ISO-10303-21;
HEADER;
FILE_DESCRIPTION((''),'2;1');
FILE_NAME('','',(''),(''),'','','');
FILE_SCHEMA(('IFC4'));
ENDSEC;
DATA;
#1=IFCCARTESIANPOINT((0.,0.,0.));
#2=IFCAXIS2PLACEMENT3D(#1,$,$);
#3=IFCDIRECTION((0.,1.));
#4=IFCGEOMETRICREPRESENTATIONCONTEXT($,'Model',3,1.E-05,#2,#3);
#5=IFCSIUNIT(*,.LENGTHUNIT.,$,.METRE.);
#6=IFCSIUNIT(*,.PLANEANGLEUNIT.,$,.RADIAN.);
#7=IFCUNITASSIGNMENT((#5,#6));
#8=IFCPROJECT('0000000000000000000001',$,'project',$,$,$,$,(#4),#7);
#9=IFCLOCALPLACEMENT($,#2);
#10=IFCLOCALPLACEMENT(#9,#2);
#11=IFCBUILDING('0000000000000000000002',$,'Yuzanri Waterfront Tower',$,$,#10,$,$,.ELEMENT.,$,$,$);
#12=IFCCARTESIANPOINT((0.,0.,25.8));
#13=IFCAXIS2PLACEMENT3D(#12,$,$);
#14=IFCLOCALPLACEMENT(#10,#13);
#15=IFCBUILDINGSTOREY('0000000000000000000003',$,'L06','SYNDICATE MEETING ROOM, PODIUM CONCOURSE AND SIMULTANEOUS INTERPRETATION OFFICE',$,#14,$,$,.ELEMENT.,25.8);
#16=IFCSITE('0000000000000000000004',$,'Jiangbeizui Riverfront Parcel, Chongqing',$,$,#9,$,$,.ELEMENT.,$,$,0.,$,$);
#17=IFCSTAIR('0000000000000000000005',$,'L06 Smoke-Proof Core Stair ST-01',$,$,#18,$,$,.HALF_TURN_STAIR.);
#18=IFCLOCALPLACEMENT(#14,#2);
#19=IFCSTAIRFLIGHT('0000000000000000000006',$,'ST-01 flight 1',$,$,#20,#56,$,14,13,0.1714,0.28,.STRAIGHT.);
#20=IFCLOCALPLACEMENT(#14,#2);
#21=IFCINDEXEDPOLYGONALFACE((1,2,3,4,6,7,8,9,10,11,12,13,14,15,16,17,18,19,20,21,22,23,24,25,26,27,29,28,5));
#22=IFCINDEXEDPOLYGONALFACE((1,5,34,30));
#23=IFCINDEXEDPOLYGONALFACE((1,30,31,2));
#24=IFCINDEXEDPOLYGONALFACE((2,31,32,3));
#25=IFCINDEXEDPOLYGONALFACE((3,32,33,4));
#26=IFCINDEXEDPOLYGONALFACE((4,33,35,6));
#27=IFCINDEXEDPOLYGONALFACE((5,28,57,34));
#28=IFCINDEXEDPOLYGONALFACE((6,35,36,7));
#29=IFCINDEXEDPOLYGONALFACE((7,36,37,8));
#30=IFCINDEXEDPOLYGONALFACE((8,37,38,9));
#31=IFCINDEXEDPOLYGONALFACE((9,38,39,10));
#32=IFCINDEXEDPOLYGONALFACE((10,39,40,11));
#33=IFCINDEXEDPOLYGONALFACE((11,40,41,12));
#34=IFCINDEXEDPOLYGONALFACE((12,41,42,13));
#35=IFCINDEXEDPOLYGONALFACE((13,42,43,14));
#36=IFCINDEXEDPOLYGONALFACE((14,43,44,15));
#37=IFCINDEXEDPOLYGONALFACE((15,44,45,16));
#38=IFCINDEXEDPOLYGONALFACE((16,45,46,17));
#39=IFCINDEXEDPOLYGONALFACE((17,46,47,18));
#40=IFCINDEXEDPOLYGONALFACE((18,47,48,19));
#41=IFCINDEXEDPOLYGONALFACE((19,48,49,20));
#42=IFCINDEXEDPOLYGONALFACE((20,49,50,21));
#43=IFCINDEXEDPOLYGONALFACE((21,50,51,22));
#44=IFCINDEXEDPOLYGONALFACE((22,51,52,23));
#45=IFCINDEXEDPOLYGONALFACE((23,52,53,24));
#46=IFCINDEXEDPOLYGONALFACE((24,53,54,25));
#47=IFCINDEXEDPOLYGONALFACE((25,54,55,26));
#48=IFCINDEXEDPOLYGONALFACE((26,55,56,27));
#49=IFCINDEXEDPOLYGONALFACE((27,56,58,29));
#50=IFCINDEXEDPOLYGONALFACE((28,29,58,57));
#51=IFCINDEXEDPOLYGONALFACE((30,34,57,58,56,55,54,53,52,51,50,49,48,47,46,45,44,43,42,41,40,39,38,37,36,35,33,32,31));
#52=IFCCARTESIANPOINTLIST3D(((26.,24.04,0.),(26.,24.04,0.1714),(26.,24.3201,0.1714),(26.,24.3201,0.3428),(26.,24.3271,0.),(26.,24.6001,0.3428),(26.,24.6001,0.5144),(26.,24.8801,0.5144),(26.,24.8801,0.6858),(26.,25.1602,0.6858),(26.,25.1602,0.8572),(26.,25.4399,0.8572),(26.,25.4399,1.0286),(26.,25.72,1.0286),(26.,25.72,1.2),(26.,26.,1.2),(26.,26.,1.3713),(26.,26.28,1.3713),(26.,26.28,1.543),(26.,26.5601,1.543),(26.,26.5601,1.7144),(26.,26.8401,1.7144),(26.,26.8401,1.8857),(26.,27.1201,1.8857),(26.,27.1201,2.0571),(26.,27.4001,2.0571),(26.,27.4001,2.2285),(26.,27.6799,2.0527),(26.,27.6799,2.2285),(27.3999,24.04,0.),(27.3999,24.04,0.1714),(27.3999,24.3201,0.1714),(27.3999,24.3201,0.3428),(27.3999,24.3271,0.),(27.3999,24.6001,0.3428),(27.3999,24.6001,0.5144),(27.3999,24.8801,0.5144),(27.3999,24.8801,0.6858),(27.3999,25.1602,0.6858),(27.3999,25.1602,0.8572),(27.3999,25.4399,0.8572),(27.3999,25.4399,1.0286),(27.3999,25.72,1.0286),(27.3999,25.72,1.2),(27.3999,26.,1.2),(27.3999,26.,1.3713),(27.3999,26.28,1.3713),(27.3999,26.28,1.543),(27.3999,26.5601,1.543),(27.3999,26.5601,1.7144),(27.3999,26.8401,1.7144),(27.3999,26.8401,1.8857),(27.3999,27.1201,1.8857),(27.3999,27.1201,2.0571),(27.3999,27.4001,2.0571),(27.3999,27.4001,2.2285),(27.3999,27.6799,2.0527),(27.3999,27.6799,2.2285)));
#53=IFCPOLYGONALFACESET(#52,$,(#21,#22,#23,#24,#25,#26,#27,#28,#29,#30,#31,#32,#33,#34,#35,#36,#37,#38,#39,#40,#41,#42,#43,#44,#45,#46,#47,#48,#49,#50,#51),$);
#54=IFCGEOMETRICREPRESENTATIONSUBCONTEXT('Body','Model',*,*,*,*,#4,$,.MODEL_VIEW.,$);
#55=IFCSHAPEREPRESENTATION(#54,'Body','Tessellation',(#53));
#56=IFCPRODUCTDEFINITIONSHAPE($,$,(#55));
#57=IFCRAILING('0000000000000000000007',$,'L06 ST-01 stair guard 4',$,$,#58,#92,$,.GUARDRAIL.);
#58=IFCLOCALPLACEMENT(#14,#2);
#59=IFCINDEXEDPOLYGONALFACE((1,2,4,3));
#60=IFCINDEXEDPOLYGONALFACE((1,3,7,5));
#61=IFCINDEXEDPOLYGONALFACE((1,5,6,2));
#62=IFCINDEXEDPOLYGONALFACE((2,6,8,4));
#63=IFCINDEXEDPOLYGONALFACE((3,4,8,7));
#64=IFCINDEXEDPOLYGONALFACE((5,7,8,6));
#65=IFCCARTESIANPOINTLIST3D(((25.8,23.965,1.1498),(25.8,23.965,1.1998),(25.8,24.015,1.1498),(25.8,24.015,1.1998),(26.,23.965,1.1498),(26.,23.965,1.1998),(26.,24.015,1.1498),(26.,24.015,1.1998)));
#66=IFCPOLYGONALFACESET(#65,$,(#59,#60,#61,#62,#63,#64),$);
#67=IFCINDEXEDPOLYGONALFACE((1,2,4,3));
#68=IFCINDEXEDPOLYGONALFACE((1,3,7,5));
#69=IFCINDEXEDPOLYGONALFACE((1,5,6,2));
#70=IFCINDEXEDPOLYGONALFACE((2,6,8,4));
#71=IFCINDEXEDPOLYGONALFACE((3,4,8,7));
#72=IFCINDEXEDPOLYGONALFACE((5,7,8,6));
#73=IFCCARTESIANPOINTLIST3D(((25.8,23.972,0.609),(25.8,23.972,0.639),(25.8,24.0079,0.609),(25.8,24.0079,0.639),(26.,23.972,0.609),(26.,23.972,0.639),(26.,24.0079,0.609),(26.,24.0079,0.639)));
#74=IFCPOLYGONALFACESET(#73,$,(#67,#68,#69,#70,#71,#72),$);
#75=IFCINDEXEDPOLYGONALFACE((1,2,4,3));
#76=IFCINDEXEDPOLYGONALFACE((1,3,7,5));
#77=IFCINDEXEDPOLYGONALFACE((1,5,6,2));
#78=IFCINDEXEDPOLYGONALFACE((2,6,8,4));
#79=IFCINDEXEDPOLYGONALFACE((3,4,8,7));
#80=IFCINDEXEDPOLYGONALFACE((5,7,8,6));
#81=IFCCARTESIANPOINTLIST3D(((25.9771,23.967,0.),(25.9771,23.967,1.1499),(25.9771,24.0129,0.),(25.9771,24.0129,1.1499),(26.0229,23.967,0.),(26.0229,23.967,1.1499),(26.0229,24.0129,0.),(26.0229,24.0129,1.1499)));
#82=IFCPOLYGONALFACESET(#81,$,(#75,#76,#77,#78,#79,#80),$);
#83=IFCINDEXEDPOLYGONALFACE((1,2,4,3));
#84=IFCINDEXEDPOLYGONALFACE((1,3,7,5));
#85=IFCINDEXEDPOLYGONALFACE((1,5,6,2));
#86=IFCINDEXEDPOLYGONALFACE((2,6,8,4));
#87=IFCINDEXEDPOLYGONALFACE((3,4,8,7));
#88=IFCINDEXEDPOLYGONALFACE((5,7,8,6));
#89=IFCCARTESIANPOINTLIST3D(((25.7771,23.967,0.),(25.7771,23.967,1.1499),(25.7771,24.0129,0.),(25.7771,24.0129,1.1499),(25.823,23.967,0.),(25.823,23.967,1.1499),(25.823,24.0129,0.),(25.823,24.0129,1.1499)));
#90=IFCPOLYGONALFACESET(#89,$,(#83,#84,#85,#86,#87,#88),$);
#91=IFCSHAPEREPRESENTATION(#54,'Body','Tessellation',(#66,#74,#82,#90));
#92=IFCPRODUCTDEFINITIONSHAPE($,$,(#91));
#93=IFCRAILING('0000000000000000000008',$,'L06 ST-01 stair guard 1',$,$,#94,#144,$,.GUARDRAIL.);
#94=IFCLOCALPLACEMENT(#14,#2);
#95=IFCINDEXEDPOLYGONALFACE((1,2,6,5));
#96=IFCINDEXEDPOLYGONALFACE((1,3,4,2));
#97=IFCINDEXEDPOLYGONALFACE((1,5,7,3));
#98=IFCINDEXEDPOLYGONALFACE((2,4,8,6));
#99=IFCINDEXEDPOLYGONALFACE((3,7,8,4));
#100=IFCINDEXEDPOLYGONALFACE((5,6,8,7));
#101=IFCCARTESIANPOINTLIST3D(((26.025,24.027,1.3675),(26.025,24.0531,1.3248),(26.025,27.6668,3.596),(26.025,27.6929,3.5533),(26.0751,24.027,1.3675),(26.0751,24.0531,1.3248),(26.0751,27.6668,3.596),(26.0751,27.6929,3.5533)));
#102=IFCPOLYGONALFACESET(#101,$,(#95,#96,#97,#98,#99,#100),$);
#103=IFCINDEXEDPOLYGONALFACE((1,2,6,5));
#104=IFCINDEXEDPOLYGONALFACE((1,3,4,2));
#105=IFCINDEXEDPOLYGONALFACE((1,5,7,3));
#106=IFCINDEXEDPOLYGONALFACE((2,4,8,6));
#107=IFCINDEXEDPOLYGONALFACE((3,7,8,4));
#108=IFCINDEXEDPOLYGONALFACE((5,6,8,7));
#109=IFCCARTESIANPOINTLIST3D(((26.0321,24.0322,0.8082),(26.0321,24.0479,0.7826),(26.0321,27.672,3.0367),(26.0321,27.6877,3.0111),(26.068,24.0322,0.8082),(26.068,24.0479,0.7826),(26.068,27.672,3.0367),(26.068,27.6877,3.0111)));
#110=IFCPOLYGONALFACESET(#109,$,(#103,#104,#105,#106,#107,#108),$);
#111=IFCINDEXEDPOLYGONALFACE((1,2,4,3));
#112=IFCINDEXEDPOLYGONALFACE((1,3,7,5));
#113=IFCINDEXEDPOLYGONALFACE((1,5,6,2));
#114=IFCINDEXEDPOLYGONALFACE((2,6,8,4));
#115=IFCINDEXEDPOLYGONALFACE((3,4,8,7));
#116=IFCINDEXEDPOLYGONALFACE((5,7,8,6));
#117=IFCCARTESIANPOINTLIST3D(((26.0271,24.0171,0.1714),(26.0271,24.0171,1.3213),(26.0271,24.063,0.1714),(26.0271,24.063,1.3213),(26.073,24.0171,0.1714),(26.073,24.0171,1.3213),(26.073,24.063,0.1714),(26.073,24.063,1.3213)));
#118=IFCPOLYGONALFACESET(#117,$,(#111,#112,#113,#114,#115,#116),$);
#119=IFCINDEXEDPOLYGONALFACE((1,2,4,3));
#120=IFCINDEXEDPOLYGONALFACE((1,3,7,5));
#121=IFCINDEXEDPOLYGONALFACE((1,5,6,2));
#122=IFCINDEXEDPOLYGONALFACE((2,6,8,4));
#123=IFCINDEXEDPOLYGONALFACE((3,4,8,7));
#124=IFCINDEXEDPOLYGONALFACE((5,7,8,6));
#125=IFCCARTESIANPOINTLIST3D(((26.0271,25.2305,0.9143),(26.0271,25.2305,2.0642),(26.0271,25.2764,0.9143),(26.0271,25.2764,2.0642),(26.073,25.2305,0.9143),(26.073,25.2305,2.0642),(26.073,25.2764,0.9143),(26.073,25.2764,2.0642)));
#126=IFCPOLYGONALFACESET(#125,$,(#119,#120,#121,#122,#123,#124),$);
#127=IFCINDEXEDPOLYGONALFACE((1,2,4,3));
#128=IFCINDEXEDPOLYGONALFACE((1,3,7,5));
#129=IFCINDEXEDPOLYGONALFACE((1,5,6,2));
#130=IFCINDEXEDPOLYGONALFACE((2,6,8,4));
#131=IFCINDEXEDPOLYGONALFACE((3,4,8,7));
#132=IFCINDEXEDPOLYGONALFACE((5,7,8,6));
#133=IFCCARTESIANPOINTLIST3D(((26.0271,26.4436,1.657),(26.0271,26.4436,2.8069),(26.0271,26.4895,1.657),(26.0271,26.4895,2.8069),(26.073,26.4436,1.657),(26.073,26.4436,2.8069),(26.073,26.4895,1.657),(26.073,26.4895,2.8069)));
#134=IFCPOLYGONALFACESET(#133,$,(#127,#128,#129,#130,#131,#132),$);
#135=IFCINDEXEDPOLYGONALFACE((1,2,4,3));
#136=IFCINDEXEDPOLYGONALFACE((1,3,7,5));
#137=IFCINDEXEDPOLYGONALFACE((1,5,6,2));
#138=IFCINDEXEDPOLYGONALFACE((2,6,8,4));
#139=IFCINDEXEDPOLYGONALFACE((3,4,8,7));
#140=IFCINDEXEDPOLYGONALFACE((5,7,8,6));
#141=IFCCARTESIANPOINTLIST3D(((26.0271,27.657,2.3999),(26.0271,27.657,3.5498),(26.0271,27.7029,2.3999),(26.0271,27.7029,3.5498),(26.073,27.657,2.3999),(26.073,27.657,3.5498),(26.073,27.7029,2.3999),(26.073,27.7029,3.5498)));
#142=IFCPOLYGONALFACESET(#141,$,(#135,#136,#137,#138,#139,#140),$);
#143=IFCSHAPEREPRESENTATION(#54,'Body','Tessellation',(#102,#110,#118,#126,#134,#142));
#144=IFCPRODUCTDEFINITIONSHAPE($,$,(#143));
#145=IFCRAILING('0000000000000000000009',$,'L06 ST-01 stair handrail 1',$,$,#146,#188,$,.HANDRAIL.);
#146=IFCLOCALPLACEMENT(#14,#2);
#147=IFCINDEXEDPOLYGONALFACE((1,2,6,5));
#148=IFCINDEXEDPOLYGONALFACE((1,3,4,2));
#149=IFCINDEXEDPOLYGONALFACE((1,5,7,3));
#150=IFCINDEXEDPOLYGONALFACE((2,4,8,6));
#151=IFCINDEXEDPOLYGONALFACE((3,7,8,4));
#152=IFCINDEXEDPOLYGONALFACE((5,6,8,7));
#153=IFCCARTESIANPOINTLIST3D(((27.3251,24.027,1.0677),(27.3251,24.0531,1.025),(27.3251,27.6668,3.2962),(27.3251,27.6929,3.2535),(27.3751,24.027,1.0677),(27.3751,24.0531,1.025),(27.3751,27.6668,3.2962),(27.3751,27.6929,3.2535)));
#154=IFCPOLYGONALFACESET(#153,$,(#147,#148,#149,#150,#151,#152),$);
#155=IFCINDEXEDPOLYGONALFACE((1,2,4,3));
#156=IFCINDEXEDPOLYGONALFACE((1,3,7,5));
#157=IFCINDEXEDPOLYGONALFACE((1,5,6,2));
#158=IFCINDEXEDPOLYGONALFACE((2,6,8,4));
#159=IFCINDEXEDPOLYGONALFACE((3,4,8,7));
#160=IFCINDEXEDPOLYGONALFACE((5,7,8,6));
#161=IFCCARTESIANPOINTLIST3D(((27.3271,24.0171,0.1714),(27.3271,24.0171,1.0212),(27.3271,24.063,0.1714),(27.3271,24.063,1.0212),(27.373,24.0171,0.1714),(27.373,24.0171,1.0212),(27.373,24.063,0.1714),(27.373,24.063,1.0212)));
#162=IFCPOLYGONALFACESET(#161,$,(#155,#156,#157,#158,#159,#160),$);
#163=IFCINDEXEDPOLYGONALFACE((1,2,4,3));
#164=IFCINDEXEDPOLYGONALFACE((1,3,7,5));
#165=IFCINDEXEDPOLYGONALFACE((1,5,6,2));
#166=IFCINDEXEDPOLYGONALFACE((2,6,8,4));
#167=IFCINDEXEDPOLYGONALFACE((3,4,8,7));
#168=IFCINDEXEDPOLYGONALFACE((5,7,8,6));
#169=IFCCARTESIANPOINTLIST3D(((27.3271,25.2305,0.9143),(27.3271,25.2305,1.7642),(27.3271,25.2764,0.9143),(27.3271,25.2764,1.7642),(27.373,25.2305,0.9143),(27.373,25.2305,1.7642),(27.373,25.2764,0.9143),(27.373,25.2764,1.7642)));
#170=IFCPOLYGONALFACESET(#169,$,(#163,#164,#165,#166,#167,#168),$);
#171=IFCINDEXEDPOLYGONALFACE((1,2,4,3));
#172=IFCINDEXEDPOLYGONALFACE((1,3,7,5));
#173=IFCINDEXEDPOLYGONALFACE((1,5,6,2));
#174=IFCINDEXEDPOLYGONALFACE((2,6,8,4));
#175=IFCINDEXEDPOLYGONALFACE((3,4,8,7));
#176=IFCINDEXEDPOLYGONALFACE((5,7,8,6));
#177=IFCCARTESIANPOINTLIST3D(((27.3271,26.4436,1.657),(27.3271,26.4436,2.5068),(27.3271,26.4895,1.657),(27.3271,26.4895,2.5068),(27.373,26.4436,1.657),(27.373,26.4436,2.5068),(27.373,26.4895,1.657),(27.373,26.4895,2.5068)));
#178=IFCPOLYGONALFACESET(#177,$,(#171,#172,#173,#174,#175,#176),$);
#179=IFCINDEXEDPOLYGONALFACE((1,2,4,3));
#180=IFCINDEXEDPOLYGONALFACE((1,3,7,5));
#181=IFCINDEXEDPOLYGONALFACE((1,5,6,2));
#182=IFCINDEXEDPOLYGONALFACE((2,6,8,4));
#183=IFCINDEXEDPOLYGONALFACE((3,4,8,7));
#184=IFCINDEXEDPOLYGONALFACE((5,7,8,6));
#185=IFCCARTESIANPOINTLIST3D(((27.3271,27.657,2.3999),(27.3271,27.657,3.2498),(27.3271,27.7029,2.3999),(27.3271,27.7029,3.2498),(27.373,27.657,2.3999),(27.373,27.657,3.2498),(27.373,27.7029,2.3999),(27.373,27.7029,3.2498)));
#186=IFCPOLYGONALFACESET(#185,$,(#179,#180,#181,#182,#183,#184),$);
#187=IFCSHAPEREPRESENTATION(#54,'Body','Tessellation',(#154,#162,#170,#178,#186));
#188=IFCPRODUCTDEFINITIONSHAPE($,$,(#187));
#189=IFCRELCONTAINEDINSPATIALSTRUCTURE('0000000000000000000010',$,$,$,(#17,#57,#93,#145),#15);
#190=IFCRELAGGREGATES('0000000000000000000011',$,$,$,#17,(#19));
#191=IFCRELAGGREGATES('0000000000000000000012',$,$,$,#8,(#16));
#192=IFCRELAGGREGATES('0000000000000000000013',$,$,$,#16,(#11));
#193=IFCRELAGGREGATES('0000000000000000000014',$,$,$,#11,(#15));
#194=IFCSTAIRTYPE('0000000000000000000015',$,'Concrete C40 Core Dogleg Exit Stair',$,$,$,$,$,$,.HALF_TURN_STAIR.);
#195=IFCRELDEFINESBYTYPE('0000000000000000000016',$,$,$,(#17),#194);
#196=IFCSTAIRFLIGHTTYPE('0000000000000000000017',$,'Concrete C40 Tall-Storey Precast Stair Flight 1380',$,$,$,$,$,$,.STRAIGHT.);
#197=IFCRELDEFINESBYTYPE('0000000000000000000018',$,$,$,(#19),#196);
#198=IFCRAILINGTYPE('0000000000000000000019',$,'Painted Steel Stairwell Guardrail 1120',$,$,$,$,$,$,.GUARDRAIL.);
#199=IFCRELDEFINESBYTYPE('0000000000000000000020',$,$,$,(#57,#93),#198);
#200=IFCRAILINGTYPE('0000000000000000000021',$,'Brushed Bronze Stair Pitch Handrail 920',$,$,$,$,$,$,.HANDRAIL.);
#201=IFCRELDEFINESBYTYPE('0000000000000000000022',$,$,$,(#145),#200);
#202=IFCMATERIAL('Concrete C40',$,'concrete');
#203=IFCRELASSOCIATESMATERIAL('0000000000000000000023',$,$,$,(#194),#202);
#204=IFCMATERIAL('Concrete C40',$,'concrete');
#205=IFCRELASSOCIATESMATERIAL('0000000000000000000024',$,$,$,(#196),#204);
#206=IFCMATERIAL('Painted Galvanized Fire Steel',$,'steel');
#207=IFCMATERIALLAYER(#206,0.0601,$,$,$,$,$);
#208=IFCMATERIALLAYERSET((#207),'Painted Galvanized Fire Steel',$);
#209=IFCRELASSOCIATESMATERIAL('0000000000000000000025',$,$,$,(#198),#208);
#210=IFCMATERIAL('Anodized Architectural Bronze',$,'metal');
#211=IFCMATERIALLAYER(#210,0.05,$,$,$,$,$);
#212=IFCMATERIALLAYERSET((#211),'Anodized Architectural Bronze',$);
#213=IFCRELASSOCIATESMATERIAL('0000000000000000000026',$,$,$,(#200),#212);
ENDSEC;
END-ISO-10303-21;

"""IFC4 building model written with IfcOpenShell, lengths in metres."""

from ifc_helpers import new_model, si_unit, direction, frame, origin, origin_2d, place, context, subcontext, project, spatial, polyline, rectangle, outline, extrude, source, transform, mapped, material, layer, layer_set, type_object, element, aggregate, save


model = new_model("IFC4")

# Units and contexts
model_context = context("Model", 3, precision=1e-05, world=origin(), true_north=direction((0.0, 1.0)))
body_context = subcontext(model_context, "Body", "Model", "MODEL_VIEW")
ifc_project = project(units=[si_unit("LENGTHUNIT", "METRE"), si_unit("PLANEANGLEUNIT", "RADIAN")], contexts=[model_context])

# Site, building, storey
site_placement = place(None, origin())
site = spatial("IfcSite", under=ifc_project, at=site_placement, Name="Jiangbeizui Riverfront Parcel, Chongqing", CompositionType="ELEMENT", RefElevation=0.0)
building_placement = place(site_placement, origin())
building = spatial("IfcBuilding", under=site, at=building_placement, Name="Yuzanri Waterfront Tower", CompositionType="ELEMENT")
storey_placement = place(building_placement, frame((0.0, 0.0, 25.8)))
storey = spatial("IfcBuildingStorey", under=building, at=storey_placement, Name="L06", Description="SYNDICATE MEETING ROOM, PODIUM CONCOURSE AND SIMULTANEOUS INTERPRETATION OFFICE", CompositionType="ELEMENT", Elevation=25.8)

# Stair, stair flight
ifc_material_1 = material(Name="Concrete C40", Category="concrete")
stair_type = type_object("IfcStairType", Name="Concrete C40 Core Dogleg Exit Stair", PredefinedType="HALF_TURN_STAIR", material=ifc_material_1)
stair_placement = place(storey_placement, origin())
stair = element("IfcStair", 1, at=stair_placement, inside=storey, type_object=stair_type, Name="L06 Smoke-Proof Core Stair ST-01", PredefinedType="HALF_TURN_STAIR")
ifc_material_2 = material(Name="Concrete C40", Category="concrete")
stair_flight_type = type_object("IfcStairFlightType", Name="Concrete C40 Tall-Storey Precast Stair Flight 1380", PredefinedType="STRAIGHT", material=ifc_material_2)
shared_shape_1 = source(origin(), body_context, "Body", "SweptSolid", [
    extrude(outline(polyline([(0.0, 0.0), (0.0, 0.1714), (0.28, 0.1714), (0.28, 0.3428), (0.5601, 0.3428), (0.5601, 0.5144), (0.8401, 0.5144), (0.8401, 0.6858), (1.1201, 0.6858), (1.1201, 0.8572), (1.3999, 0.8572), (1.3999, 1.0286), (1.6799, 1.0286), (1.6799, 1.2), (1.96, 1.2), (1.96, 1.3713), (2.24, 1.3713), (2.24, 1.543), (2.52, 1.543), (2.52, 1.7144), (2.8, 1.7144), (2.8, 1.8857), (3.0801, 1.8857), (3.0801, 2.0571), (3.3601, 2.0571), (3.3601, 2.2285), (3.6399, 2.2285), (3.6399, 2.3999), (3.6399, 2.0527), (0.2871, 0.0), (0.0, 0.0)])), frame((0.0, 0.7, 0.0), z_axis=(0.0, -1.0, 0.0), x_axis=(1.0, 0.0, 0.0)), (0.0, 0.0, 1.0), 1.3999),
])
stair_flight_placement = place(storey_placement, frame((26.7, 24.04, 0.0), z_axis=(0.0, 0.0, 1.0), x_axis=(0.0, 1.0, 0.0)))
stair_flight = element("IfcStairFlight", 2, at=stair_flight_placement, type_object=stair_flight_type, Name="ST-01 flight 1", NumberOfRisers=14, NumberOfTreads=13, PredefinedType="STRAIGHT", RiserHeight=0.1714, TreadLength=0.28, context=body_context, shape_type="MappedRepresentation", body=[
    mapped(shared_shape_1, transform((0.0, 0.0, 0.0), scale=1.0)),
])
aggregate(stair, [stair_flight])

# Railings
ifc_material_3 = material(Name="Painted Galvanized Fire Steel", Category="steel")
ifc_layer_1 = layer(ifc_material_3, 0.0601)
ifc_layer_set_1 = layer_set([ifc_layer_1], Name="Painted Galvanized Fire Steel")
railing_type_1 = type_object("IfcRailingType", Name="Painted Steel Stairwell Guardrail 1120", PredefinedType="GUARDRAIL", material=ifc_layer_set_1)
shared_shape_2 = source(origin(), body_context, "Body", "SweptSolid", [
    extrude(rectangle(XDim=0.05, YDim=0.05, at=origin_2d()), frame((0.0, 0.0, 1.1748), z_axis=(-1.0, 0.0, 0.0), x_axis=(0.0, -1.0, 0.0)), (0.0, 0.0, 1.0), 0.2),
    extrude(rectangle(XDim=0.0359, YDim=0.03, at=origin_2d()), frame((0.0, 0.0, 0.624), z_axis=(-1.0, 0.0, 0.0), x_axis=(0.0, -1.0, 0.0)), (0.0, 0.0, 1.0), 0.2),
    extrude(rectangle(XDim=0.0459, YDim=0.0459, at=origin_2d()), origin(), (0.0, 0.0, 1.0), 1.1499),
    extrude(rectangle(XDim=0.0459, YDim=0.0459, at=origin_2d()), frame((-0.2, 0.0, 0.0)), (0.0, 0.0, 1.0), 1.1499),
])
railing_1_placement = place(storey_placement, frame((26.0, 23.99, 0.0)))
element("IfcRailing", 3, at=railing_1_placement, inside=storey, type_object=railing_type_1, Name="L06 ST-01 stair guard 4", PredefinedType="GUARDRAIL", context=body_context, shape_type="MappedRepresentation", body=[
    mapped(shared_shape_2, transform((0.0, 0.0, 0.0), scale=1.0)),
])
shared_shape_3 = source(origin(), body_context, "Body", "SweptSolid", [
    extrude(rectangle(XDim=0.05, YDim=0.05, at=origin_2d()), frame((0.0, 0.0, 1.1748), z_axis=(0.0, 0.85285, 0.522156), x_axis=(-1.0, 0.0, 0.0)), (0.0, 0.0, 1.0), 4.2678),
    extrude(rectangle(XDim=0.0359, YDim=0.03, at=origin_2d()), frame((0.0, 0.0, 0.624), z_axis=(0.0, 0.85285, 0.522156), x_axis=(-1.0, 0.0, 0.0)), (0.0, 0.0, 1.0), 4.2678),
    extrude(rectangle(XDim=0.0459, YDim=0.0459, at=origin_2d()), origin(), (0.0, 0.0, 1.0), 1.1499),
    extrude(rectangle(XDim=0.0459, YDim=0.0459, at=origin_2d()), frame((0.0, 1.2134, 0.7429)), (0.0, 0.0, 1.0), 1.1499),
    extrude(rectangle(XDim=0.0459, YDim=0.0459, at=origin_2d()), frame((0.0, 2.4265, 1.4856)), (0.0, 0.0, 1.0), 1.1499),
    extrude(rectangle(XDim=0.0459, YDim=0.0459, at=origin_2d()), frame((0.0, 3.6399, 2.2285)), (0.0, 0.0, 1.0), 1.1499),
])
railing_2_placement = place(storey_placement, frame((26.05, 24.04, 0.1714)))
element("IfcRailing", 4, at=railing_2_placement, inside=storey, type_object=railing_type_1, Name="L06 ST-01 stair guard 1", PredefinedType="GUARDRAIL", context=body_context, shape_type="MappedRepresentation", body=[
    mapped(shared_shape_3, transform((0.0, 0.0, 0.0), scale=1.0)),
])
ifc_material_4 = material(Name="Anodized Architectural Bronze", Category="metal")
ifc_layer_2 = layer(ifc_material_4, 0.05)
ifc_layer_set_2 = layer_set([ifc_layer_2], Name="Anodized Architectural Bronze")
railing_type_2 = type_object("IfcRailingType", Name="Brushed Bronze Stair Pitch Handrail 920", PredefinedType="HANDRAIL", material=ifc_layer_set_2)
shared_shape_4 = source(origin(), body_context, "Body", "SweptSolid", [
    extrude(rectangle(XDim=0.05, YDim=0.05, at=origin_2d()), frame((0.0, 0.0, 0.875), z_axis=(0.0, 0.85285, 0.522156), x_axis=(-1.0, 0.0, 0.0)), (0.0, 0.0, 1.0), 4.2678),
    extrude(rectangle(XDim=0.0459, YDim=0.0459, at=origin_2d()), origin(), (0.0, 0.0, 1.0), 0.8499),
    extrude(rectangle(XDim=0.0459, YDim=0.0459, at=origin_2d()), frame((0.0, 1.2134, 0.7429)), (0.0, 0.0, 1.0), 0.8499),
    extrude(rectangle(XDim=0.0459, YDim=0.0459, at=origin_2d()), frame((0.0, 2.4265, 1.4856)), (0.0, 0.0, 1.0), 0.8499),
    extrude(rectangle(XDim=0.0459, YDim=0.0459, at=origin_2d()), frame((0.0, 3.6399, 2.2285)), (0.0, 0.0, 1.0), 0.8499),
])
railing_3_placement = place(storey_placement, frame((27.3501, 24.04, 0.1714)))
element("IfcRailing", 5, at=railing_3_placement, inside=storey, type_object=railing_type_2, Name="L06 ST-01 stair handrail 1", PredefinedType="HANDRAIL", context=body_context, shape_type="MappedRepresentation", body=[
    mapped(shared_shape_4, transform((0.0, 0.0, 0.0), scale=1.0)),
])

save(model, "model.ifc")
